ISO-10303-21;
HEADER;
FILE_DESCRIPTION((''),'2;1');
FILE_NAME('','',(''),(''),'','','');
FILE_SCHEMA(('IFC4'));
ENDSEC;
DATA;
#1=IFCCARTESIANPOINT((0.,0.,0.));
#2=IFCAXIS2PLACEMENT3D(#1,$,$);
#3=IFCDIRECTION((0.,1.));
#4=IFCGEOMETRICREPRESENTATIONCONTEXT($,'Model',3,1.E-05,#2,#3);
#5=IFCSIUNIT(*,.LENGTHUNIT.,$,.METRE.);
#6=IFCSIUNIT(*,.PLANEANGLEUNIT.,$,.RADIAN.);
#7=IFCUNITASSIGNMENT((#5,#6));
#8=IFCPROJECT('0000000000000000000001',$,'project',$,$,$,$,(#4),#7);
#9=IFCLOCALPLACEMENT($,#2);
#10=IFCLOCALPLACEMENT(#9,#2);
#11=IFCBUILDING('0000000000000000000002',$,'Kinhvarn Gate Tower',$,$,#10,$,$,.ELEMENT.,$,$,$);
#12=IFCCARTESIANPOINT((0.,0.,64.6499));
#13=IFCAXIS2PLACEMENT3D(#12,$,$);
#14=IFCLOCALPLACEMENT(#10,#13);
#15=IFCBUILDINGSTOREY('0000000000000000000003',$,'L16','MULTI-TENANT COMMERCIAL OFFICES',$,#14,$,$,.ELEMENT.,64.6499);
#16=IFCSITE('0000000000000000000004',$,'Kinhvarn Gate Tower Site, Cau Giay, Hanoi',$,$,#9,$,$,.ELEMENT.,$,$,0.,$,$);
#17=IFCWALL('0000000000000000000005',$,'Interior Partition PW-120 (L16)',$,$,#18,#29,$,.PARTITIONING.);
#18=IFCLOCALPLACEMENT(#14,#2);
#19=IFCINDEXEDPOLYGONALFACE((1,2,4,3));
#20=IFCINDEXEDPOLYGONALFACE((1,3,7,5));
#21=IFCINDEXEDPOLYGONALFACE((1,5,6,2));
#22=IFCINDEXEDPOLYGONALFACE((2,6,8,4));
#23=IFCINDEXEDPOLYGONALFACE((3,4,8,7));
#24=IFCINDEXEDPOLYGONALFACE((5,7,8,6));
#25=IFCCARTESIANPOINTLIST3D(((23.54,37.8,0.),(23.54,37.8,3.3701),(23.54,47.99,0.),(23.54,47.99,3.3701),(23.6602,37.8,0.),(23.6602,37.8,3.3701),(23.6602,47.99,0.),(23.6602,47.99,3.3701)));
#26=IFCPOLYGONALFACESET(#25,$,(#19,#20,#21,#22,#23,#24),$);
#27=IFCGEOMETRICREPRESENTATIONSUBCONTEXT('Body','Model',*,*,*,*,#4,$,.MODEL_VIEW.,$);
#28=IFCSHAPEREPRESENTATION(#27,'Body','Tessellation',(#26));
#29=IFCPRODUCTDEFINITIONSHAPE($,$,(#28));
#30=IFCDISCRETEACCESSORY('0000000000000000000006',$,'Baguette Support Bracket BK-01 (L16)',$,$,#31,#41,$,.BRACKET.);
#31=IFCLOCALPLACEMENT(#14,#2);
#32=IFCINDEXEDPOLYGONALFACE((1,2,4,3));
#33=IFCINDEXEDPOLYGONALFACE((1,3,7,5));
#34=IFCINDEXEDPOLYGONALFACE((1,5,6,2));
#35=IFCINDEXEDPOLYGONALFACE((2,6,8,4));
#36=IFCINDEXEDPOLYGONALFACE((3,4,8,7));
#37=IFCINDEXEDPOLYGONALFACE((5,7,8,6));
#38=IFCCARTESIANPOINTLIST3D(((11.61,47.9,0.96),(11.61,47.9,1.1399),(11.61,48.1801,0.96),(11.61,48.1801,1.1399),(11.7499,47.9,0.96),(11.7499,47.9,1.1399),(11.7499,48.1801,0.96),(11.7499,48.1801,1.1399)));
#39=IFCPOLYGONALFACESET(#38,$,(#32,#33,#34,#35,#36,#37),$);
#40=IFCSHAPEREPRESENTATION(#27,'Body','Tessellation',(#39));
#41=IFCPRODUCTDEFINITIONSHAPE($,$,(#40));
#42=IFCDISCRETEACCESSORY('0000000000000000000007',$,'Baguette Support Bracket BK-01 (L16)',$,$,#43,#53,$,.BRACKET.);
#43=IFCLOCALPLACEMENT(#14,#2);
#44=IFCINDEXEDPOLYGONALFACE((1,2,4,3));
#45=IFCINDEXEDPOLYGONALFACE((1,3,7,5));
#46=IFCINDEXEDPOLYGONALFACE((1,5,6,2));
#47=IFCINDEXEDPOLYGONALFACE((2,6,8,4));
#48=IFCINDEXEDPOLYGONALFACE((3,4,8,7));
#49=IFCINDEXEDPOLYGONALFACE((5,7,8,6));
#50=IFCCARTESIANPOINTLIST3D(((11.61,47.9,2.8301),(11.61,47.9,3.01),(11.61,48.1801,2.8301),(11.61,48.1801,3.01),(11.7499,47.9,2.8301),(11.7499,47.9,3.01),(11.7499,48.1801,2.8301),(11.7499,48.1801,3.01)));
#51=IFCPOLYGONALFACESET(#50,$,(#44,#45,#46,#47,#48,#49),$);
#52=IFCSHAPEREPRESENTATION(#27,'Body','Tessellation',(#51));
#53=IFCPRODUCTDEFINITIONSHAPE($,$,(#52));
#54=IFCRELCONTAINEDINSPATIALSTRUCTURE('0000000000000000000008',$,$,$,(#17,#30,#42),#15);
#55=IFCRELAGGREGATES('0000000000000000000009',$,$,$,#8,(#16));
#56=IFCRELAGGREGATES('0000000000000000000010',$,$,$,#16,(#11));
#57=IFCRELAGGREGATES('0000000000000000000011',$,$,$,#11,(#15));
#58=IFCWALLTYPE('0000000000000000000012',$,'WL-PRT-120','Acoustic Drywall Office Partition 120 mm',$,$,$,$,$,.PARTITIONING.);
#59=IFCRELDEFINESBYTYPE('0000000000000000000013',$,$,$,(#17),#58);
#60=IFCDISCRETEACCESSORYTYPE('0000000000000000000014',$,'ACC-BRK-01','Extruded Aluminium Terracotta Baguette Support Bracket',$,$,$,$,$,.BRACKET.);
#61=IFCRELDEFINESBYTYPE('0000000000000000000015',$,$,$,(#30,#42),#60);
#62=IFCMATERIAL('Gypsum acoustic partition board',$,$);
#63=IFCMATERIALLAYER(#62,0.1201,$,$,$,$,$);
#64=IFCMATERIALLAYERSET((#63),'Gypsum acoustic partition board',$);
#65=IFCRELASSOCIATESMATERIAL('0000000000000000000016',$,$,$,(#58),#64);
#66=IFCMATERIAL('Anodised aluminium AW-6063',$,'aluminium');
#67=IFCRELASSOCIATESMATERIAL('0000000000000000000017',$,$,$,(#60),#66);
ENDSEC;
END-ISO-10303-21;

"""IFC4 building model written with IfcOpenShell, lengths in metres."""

from ifc_helpers import new_model, si_unit, direction, frame, frame_2d, origin, origin_2d, place, context, subcontext, project, spatial, rectangle, extrude, material, layer, layer_set, type_object, element, save


model = new_model("IFC4")

# Units and contexts
model_context = context("Model", 3, precision=1e-05, world=origin(), true_north=direction((0.0, 1.0)))
body_context = subcontext(model_context, "Body", "Model", "MODEL_VIEW")
ifc_project = project(units=[si_unit("LENGTHUNIT", "METRE"), si_unit("PLANEANGLEUNIT", "RADIAN")], contexts=[model_context])

# Site, building, storey
site_placement = place(None, origin())
site = spatial("IfcSite", under=ifc_project, at=site_placement, Name="Kinhvarn Gate Tower Site, Cau Giay, Hanoi", CompositionType="ELEMENT", RefElevation=0.0)
building_placement = place(site_placement, origin())
building = spatial("IfcBuilding", under=site, at=building_placement, Name="Kinhvarn Gate Tower", CompositionType="ELEMENT")
storey_placement = place(building_placement, frame((0.0, 0.0, 64.6499)))
storey = spatial("IfcBuildingStorey", under=building, at=storey_placement, Name="L16", Description="MULTI-TENANT COMMERCIAL OFFICES", CompositionType="ELEMENT", Elevation=64.6499)

# Shared definitions
ifc_material_1 = material(Name="Anodised aluminium AW-6063", Category="aluminium")

# Wall
ifc_material_2 = material(Name="Gypsum acoustic partition board")
ifc_layer_1 = layer(ifc_material_2, 0.1201)
ifc_layer_set_1 = layer_set([ifc_layer_1], Name="Gypsum acoustic partition board")
wall_type_1 = type_object("IfcWallType", Name="WL-PRT-120", Description="Acoustic Drywall Office Partition 120 mm", PredefinedType="PARTITIONING", material=ifc_layer_set_1)
wall_1_placement = place(storey_placement, frame((23.6001, 37.8, 0.0), z_axis=(0.0, 0.0, 1.0), x_axis=(0.0, 1.0, 0.0)))
element("IfcWall", 1, at=wall_1_placement, inside=storey, type_object=wall_type_1, Name="Interior Partition PW-120 (L16)", PredefinedType="PARTITIONING", context=body_context, shape_type="SweptSolid", body=[
    extrude(rectangle(XDim=10.1899, YDim=0.1201, at=frame_2d((5.095, 0.0))), origin(), (0.0, 0.0, 1.0), 3.3701),
])

# Discrete accessories
discrete_accessory_type = type_object("IfcDiscreteAccessoryType", Name="ACC-BRK-01", Description="Extruded Aluminium Terracotta Baguette Support Bracket", PredefinedType="BRACKET", material=ifc_material_1)
for number, where, z_axis, x_axis, name in (
    (2, (11.6799, 48.04, 0.96), (0.0, 0.0, 1.0), (-1.0, 0.0, 0.0), "Baguette Support Bracket BK-01 (L16)"),
    (3, (11.6799, 48.04, 2.8301), (0.0, 0.0, 1.0), (-1.0, 0.0, 0.0), "Baguette Support Bracket BK-01 (L16)"),
):
    element("IfcDiscreteAccessory", number, at=place(storey_placement, frame(where, z_axis=z_axis, x_axis=x_axis)), inside=storey, type_object=discrete_accessory_type, Name=name, PredefinedType="BRACKET", context=body_context, shape_type="SweptSolid", body=[
        extrude(rectangle(XDim=0.1399, YDim=0.28, at=origin_2d()), origin(), (0.0, 0.0, 1.0), 0.1799),
    ])

save(model, "model.ifc")
